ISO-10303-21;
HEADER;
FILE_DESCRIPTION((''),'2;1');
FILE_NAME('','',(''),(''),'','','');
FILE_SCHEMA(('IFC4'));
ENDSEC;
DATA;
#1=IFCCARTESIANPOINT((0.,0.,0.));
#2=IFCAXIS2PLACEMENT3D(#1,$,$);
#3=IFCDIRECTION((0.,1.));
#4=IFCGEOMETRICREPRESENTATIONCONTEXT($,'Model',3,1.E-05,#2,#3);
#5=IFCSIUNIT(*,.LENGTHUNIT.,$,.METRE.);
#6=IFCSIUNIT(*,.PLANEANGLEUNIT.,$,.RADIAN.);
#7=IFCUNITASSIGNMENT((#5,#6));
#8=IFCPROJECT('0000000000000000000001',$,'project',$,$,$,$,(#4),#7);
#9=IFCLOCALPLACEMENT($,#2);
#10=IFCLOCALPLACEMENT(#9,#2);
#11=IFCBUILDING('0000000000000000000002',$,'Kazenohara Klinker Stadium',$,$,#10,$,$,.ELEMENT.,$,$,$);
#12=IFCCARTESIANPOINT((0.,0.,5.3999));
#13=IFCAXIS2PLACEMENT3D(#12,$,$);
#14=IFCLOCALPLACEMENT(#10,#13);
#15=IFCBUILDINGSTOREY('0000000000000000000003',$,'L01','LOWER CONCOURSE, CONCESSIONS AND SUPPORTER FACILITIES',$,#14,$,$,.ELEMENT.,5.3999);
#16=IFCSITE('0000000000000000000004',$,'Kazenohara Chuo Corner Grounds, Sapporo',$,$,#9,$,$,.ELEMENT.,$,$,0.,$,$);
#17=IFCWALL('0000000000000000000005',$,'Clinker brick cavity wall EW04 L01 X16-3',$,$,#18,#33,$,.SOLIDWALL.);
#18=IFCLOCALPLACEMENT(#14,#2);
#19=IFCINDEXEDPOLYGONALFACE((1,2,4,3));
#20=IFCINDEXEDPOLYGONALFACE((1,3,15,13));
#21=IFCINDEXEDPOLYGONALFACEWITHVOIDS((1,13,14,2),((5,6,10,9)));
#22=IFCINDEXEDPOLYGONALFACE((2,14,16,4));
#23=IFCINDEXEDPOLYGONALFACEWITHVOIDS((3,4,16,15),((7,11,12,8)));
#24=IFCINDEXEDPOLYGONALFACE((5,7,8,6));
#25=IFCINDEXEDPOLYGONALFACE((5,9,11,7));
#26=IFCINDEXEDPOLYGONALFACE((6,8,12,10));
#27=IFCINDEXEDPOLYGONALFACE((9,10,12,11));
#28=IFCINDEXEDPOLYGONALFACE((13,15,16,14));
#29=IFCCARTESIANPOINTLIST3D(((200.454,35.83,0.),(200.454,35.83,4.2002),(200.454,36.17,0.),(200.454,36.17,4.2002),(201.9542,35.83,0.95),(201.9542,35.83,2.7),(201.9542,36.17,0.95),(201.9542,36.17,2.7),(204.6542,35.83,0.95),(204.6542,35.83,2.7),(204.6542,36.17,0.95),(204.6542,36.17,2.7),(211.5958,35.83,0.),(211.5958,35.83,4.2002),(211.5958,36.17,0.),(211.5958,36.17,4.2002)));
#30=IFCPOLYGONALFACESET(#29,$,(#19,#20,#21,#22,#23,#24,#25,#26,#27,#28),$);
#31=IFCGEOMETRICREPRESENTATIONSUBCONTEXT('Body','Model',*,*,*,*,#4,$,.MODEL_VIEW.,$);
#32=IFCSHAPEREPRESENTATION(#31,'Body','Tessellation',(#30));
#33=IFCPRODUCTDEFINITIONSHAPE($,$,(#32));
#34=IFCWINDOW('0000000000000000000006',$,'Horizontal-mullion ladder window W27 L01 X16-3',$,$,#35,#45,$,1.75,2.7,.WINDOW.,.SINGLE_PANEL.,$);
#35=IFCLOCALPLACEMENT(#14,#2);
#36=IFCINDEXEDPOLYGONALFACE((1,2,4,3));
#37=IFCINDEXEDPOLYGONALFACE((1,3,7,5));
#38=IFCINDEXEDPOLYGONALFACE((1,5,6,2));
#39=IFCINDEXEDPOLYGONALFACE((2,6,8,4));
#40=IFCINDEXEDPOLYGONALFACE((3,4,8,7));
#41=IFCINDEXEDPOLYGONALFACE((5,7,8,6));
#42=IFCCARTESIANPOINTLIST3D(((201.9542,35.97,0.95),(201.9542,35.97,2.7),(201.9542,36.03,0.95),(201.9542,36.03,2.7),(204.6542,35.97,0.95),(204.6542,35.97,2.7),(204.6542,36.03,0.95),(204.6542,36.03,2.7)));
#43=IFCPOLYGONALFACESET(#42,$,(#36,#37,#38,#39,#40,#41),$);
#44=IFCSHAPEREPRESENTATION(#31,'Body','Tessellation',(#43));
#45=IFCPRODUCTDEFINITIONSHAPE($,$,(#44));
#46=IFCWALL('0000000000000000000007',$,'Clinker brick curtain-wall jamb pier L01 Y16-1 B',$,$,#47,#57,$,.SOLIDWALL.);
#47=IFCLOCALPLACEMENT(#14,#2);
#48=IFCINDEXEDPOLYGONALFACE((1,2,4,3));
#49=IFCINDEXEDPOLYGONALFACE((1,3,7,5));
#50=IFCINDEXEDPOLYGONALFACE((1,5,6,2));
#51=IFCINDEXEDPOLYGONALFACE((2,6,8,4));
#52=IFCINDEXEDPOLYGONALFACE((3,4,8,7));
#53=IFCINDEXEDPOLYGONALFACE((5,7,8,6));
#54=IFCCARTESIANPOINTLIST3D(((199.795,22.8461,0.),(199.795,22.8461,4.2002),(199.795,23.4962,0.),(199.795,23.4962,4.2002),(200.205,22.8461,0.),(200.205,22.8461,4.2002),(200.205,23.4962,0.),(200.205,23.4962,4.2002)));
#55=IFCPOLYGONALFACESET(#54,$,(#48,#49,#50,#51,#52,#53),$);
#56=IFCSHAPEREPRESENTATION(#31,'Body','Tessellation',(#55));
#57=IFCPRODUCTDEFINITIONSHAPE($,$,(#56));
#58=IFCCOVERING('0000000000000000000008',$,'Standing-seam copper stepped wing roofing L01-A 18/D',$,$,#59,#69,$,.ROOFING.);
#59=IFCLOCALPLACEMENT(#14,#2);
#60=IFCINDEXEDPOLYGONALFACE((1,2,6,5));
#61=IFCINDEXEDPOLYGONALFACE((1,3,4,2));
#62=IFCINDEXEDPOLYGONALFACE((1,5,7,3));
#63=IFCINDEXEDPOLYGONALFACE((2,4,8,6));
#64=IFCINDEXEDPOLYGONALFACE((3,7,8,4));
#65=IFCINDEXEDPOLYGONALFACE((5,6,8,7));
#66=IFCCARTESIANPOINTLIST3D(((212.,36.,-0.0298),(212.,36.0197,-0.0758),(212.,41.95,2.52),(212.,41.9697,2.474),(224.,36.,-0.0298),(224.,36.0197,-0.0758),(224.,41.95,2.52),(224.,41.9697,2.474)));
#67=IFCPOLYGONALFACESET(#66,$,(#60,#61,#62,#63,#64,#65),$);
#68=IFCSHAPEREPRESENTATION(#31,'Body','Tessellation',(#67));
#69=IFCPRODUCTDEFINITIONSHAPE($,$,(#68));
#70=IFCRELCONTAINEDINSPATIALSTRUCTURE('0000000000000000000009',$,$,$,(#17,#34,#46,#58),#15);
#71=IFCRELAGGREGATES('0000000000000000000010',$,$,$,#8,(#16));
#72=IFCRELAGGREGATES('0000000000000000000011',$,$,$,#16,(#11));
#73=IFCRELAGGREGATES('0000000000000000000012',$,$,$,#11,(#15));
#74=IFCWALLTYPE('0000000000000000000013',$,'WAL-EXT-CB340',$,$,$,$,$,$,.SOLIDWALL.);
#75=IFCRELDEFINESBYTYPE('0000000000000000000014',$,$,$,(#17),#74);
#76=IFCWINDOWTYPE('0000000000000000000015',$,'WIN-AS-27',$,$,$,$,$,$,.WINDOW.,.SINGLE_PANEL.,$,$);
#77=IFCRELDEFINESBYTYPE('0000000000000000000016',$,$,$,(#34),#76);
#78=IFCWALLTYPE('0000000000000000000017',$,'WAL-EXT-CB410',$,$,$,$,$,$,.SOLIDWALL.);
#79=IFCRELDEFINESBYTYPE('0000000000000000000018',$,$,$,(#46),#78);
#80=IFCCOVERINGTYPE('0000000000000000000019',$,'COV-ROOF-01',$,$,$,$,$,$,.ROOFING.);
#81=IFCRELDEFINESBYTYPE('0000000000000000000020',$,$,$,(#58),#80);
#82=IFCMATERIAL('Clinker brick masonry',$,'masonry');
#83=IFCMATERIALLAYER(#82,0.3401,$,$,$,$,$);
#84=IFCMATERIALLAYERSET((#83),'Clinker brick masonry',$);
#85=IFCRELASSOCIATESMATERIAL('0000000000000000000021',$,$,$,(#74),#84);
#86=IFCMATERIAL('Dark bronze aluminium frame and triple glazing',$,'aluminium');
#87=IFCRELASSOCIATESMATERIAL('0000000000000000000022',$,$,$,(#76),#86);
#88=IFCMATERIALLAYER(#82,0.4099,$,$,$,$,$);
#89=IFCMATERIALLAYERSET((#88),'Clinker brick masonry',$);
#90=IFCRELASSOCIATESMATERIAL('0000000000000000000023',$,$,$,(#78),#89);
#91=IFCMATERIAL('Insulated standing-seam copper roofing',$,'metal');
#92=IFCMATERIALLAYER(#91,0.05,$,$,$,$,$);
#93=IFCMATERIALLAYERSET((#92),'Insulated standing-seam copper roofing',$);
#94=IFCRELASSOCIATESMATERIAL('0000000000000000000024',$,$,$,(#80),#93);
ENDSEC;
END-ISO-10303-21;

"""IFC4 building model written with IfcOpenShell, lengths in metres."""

from ifc_helpers import new_model, si_unit, direction, frame, frame_2d, origin, place, context, subcontext, project, spatial, polyline, rectangle, outline, extrude, material, layer, layer_set, type_object, element, fill, save


model = new_model("IFC4")

# Units and contexts
model_context = context("Model", 3, precision=1e-05, world=origin(), true_north=direction((0.0, 1.0)))
body_context = subcontext(model_context, "Body", "Model", "MODEL_VIEW")
ifc_project = project(units=[si_unit("LENGTHUNIT", "METRE"), si_unit("PLANEANGLEUNIT", "RADIAN")], contexts=[model_context])

# Site, building, storey
site_placement = place(None, origin())
site = spatial("IfcSite", under=ifc_project, at=site_placement, Name="Kazenohara Chuo Corner Grounds, Sapporo", CompositionType="ELEMENT", RefElevation=0.0)
building_placement = place(site_placement, origin())
building = spatial("IfcBuilding", under=site, at=building_placement, Name="Kazenohara Klinker Stadium", CompositionType="ELEMENT")
storey_placement = place(building_placement, frame((0.0, 0.0, 5.3999)))
storey = spatial("IfcBuildingStorey", under=building, at=storey_placement, Name="L01", Description="LOWER CONCOURSE, CONCESSIONS AND SUPPORTER FACILITIES", CompositionType="ELEMENT", Elevation=5.3999)

# Wall, opening, window
ifc_material_1 = material(Name="Clinker brick masonry", Category="masonry")
ifc_material_2 = material(Name="Dark bronze aluminium frame and triple glazing", Category="aluminium")
ifc_layer_1 = layer(ifc_material_1, 0.3401)
ifc_layer_set_1 = layer_set([ifc_layer_1], Name="Clinker brick masonry")
wall_type_1 = type_object("IfcWallType", Name="WAL-EXT-CB340", PredefinedType="SOLIDWALL", material=ifc_layer_set_1)
wall_1_placement = place(storey_placement, frame((200.4541, 36.0, 0.0), z_axis=(0.0, 0.0, 1.0), x_axis=(1.0, 0.0, 0.0)))
wall_1 = element("IfcWall", 1, at=wall_1_placement, inside=storey, type_object=wall_type_1, Name="Clinker brick cavity wall EW04 L01 X16-3", PredefinedType="SOLIDWALL", context=body_context, shape_type="SweptSolid", body=[
    extrude(rectangle(XDim=11.1418, YDim=0.3401, at=frame_2d((5.5708, 0.0))), origin(), (0.0, 0.0, 1.0), 4.2002),
])
opening_1_placement = place(wall_1_placement, frame((1.5, 0.0, 0.95)))
opening_1 = element("IfcOpeningElement", 2, at=opening_1_placement, cuts=wall_1, PredefinedType="OPENING", context=body_context, shape_type="SweptSolid", body=[
    extrude(rectangle(XDim=2.7, YDim=1.75, at=frame_2d((1.3501, 0.875))), frame((0.0, 0.1802, 0.0), z_axis=(0.0, -1.0, 0.0), x_axis=(1.0, 0.0, 0.0)), (0.0, 0.0, 1.0), 0.3601),
])
window_type_1 = type_object("IfcWindowType", Name="WIN-AS-27", PartitioningType="SINGLE_PANEL", PredefinedType="WINDOW", material=ifc_material_2)
window_1_placement = place(opening_1_placement, origin())
window_1 = element("IfcWindow", 3, at=window_1_placement, inside=storey, type_object=window_type_1, Name="Horizontal-mullion ladder window W27 L01 X16-3", OverallHeight=1.75, OverallWidth=2.7, PartitioningType="SINGLE_PANEL", PredefinedType="WINDOW", context=body_context, shape_type="SweptSolid", body=[
    extrude(rectangle(XDim=2.7, YDim=1.75, at=frame_2d((1.3501, 0.875))), frame((0.0, 0.03, 0.0), z_axis=(0.0, -1.0, 0.0), x_axis=(1.0, 0.0, 0.0)), (0.0, 0.0, 1.0), 0.0601),
])
fill(opening_1, window_1)

# Wall
ifc_layer_2 = layer(ifc_material_1, 0.4099)
ifc_layer_set_2 = layer_set([ifc_layer_2], Name="Clinker brick masonry")
wall_type_2 = type_object("IfcWallType", Name="WAL-EXT-CB410", PredefinedType="SOLIDWALL", material=ifc_layer_set_2)
wall_2_placement = place(storey_placement, frame((200.0, 22.8459, 0.0), z_axis=(0.0, 0.0, 1.0), x_axis=(0.0, 1.0, 0.0)))
element("IfcWall", 4, at=wall_2_placement, inside=storey, type_object=wall_type_2, Name="Clinker brick curtain-wall jamb pier L01 Y16-1 B", PredefinedType="SOLIDWALL", context=body_context, shape_type="SweptSolid", body=[
    extrude(rectangle(XDim=0.6501, YDim=0.4099, at=frame_2d((0.3252, 0.0))), origin(), (0.0, 0.0, 1.0), 4.2002),
])

# Covering
ifc_material_3 = material(Name="Insulated standing-seam copper roofing", Category="metal")
ifc_layer_3 = layer(ifc_material_3, 0.05)
ifc_layer_set_3 = layer_set([ifc_layer_3], Name="Insulated standing-seam copper roofing")
covering_type = type_object("IfcCoveringType", Name="COV-ROOF-01", PredefinedType="ROOFING", material=ifc_layer_set_3)
covering_placement = place(storey_placement, frame((212.0, 36.0, -0.0298), z_axis=(0.0, -0.393897, 0.919155), x_axis=(1.0, 0.0, 0.0)))
element("IfcCovering", 5, at=covering_placement, inside=storey, type_object=covering_type, Name="Standing-seam copper stepped wing roofing L01-A 18/D", PredefinedType="ROOFING", context=body_context, shape_type="SweptSolid", body=[
    extrude(outline(polyline([(0.0, 0.0), (12.0, 0.0), (12.0, 6.4733), (0.0, 6.4733), (0.0, 0.0)])), origin(), (0.0, 0.0, -1.0), 0.05),
])

save(model, "model.ifc")
